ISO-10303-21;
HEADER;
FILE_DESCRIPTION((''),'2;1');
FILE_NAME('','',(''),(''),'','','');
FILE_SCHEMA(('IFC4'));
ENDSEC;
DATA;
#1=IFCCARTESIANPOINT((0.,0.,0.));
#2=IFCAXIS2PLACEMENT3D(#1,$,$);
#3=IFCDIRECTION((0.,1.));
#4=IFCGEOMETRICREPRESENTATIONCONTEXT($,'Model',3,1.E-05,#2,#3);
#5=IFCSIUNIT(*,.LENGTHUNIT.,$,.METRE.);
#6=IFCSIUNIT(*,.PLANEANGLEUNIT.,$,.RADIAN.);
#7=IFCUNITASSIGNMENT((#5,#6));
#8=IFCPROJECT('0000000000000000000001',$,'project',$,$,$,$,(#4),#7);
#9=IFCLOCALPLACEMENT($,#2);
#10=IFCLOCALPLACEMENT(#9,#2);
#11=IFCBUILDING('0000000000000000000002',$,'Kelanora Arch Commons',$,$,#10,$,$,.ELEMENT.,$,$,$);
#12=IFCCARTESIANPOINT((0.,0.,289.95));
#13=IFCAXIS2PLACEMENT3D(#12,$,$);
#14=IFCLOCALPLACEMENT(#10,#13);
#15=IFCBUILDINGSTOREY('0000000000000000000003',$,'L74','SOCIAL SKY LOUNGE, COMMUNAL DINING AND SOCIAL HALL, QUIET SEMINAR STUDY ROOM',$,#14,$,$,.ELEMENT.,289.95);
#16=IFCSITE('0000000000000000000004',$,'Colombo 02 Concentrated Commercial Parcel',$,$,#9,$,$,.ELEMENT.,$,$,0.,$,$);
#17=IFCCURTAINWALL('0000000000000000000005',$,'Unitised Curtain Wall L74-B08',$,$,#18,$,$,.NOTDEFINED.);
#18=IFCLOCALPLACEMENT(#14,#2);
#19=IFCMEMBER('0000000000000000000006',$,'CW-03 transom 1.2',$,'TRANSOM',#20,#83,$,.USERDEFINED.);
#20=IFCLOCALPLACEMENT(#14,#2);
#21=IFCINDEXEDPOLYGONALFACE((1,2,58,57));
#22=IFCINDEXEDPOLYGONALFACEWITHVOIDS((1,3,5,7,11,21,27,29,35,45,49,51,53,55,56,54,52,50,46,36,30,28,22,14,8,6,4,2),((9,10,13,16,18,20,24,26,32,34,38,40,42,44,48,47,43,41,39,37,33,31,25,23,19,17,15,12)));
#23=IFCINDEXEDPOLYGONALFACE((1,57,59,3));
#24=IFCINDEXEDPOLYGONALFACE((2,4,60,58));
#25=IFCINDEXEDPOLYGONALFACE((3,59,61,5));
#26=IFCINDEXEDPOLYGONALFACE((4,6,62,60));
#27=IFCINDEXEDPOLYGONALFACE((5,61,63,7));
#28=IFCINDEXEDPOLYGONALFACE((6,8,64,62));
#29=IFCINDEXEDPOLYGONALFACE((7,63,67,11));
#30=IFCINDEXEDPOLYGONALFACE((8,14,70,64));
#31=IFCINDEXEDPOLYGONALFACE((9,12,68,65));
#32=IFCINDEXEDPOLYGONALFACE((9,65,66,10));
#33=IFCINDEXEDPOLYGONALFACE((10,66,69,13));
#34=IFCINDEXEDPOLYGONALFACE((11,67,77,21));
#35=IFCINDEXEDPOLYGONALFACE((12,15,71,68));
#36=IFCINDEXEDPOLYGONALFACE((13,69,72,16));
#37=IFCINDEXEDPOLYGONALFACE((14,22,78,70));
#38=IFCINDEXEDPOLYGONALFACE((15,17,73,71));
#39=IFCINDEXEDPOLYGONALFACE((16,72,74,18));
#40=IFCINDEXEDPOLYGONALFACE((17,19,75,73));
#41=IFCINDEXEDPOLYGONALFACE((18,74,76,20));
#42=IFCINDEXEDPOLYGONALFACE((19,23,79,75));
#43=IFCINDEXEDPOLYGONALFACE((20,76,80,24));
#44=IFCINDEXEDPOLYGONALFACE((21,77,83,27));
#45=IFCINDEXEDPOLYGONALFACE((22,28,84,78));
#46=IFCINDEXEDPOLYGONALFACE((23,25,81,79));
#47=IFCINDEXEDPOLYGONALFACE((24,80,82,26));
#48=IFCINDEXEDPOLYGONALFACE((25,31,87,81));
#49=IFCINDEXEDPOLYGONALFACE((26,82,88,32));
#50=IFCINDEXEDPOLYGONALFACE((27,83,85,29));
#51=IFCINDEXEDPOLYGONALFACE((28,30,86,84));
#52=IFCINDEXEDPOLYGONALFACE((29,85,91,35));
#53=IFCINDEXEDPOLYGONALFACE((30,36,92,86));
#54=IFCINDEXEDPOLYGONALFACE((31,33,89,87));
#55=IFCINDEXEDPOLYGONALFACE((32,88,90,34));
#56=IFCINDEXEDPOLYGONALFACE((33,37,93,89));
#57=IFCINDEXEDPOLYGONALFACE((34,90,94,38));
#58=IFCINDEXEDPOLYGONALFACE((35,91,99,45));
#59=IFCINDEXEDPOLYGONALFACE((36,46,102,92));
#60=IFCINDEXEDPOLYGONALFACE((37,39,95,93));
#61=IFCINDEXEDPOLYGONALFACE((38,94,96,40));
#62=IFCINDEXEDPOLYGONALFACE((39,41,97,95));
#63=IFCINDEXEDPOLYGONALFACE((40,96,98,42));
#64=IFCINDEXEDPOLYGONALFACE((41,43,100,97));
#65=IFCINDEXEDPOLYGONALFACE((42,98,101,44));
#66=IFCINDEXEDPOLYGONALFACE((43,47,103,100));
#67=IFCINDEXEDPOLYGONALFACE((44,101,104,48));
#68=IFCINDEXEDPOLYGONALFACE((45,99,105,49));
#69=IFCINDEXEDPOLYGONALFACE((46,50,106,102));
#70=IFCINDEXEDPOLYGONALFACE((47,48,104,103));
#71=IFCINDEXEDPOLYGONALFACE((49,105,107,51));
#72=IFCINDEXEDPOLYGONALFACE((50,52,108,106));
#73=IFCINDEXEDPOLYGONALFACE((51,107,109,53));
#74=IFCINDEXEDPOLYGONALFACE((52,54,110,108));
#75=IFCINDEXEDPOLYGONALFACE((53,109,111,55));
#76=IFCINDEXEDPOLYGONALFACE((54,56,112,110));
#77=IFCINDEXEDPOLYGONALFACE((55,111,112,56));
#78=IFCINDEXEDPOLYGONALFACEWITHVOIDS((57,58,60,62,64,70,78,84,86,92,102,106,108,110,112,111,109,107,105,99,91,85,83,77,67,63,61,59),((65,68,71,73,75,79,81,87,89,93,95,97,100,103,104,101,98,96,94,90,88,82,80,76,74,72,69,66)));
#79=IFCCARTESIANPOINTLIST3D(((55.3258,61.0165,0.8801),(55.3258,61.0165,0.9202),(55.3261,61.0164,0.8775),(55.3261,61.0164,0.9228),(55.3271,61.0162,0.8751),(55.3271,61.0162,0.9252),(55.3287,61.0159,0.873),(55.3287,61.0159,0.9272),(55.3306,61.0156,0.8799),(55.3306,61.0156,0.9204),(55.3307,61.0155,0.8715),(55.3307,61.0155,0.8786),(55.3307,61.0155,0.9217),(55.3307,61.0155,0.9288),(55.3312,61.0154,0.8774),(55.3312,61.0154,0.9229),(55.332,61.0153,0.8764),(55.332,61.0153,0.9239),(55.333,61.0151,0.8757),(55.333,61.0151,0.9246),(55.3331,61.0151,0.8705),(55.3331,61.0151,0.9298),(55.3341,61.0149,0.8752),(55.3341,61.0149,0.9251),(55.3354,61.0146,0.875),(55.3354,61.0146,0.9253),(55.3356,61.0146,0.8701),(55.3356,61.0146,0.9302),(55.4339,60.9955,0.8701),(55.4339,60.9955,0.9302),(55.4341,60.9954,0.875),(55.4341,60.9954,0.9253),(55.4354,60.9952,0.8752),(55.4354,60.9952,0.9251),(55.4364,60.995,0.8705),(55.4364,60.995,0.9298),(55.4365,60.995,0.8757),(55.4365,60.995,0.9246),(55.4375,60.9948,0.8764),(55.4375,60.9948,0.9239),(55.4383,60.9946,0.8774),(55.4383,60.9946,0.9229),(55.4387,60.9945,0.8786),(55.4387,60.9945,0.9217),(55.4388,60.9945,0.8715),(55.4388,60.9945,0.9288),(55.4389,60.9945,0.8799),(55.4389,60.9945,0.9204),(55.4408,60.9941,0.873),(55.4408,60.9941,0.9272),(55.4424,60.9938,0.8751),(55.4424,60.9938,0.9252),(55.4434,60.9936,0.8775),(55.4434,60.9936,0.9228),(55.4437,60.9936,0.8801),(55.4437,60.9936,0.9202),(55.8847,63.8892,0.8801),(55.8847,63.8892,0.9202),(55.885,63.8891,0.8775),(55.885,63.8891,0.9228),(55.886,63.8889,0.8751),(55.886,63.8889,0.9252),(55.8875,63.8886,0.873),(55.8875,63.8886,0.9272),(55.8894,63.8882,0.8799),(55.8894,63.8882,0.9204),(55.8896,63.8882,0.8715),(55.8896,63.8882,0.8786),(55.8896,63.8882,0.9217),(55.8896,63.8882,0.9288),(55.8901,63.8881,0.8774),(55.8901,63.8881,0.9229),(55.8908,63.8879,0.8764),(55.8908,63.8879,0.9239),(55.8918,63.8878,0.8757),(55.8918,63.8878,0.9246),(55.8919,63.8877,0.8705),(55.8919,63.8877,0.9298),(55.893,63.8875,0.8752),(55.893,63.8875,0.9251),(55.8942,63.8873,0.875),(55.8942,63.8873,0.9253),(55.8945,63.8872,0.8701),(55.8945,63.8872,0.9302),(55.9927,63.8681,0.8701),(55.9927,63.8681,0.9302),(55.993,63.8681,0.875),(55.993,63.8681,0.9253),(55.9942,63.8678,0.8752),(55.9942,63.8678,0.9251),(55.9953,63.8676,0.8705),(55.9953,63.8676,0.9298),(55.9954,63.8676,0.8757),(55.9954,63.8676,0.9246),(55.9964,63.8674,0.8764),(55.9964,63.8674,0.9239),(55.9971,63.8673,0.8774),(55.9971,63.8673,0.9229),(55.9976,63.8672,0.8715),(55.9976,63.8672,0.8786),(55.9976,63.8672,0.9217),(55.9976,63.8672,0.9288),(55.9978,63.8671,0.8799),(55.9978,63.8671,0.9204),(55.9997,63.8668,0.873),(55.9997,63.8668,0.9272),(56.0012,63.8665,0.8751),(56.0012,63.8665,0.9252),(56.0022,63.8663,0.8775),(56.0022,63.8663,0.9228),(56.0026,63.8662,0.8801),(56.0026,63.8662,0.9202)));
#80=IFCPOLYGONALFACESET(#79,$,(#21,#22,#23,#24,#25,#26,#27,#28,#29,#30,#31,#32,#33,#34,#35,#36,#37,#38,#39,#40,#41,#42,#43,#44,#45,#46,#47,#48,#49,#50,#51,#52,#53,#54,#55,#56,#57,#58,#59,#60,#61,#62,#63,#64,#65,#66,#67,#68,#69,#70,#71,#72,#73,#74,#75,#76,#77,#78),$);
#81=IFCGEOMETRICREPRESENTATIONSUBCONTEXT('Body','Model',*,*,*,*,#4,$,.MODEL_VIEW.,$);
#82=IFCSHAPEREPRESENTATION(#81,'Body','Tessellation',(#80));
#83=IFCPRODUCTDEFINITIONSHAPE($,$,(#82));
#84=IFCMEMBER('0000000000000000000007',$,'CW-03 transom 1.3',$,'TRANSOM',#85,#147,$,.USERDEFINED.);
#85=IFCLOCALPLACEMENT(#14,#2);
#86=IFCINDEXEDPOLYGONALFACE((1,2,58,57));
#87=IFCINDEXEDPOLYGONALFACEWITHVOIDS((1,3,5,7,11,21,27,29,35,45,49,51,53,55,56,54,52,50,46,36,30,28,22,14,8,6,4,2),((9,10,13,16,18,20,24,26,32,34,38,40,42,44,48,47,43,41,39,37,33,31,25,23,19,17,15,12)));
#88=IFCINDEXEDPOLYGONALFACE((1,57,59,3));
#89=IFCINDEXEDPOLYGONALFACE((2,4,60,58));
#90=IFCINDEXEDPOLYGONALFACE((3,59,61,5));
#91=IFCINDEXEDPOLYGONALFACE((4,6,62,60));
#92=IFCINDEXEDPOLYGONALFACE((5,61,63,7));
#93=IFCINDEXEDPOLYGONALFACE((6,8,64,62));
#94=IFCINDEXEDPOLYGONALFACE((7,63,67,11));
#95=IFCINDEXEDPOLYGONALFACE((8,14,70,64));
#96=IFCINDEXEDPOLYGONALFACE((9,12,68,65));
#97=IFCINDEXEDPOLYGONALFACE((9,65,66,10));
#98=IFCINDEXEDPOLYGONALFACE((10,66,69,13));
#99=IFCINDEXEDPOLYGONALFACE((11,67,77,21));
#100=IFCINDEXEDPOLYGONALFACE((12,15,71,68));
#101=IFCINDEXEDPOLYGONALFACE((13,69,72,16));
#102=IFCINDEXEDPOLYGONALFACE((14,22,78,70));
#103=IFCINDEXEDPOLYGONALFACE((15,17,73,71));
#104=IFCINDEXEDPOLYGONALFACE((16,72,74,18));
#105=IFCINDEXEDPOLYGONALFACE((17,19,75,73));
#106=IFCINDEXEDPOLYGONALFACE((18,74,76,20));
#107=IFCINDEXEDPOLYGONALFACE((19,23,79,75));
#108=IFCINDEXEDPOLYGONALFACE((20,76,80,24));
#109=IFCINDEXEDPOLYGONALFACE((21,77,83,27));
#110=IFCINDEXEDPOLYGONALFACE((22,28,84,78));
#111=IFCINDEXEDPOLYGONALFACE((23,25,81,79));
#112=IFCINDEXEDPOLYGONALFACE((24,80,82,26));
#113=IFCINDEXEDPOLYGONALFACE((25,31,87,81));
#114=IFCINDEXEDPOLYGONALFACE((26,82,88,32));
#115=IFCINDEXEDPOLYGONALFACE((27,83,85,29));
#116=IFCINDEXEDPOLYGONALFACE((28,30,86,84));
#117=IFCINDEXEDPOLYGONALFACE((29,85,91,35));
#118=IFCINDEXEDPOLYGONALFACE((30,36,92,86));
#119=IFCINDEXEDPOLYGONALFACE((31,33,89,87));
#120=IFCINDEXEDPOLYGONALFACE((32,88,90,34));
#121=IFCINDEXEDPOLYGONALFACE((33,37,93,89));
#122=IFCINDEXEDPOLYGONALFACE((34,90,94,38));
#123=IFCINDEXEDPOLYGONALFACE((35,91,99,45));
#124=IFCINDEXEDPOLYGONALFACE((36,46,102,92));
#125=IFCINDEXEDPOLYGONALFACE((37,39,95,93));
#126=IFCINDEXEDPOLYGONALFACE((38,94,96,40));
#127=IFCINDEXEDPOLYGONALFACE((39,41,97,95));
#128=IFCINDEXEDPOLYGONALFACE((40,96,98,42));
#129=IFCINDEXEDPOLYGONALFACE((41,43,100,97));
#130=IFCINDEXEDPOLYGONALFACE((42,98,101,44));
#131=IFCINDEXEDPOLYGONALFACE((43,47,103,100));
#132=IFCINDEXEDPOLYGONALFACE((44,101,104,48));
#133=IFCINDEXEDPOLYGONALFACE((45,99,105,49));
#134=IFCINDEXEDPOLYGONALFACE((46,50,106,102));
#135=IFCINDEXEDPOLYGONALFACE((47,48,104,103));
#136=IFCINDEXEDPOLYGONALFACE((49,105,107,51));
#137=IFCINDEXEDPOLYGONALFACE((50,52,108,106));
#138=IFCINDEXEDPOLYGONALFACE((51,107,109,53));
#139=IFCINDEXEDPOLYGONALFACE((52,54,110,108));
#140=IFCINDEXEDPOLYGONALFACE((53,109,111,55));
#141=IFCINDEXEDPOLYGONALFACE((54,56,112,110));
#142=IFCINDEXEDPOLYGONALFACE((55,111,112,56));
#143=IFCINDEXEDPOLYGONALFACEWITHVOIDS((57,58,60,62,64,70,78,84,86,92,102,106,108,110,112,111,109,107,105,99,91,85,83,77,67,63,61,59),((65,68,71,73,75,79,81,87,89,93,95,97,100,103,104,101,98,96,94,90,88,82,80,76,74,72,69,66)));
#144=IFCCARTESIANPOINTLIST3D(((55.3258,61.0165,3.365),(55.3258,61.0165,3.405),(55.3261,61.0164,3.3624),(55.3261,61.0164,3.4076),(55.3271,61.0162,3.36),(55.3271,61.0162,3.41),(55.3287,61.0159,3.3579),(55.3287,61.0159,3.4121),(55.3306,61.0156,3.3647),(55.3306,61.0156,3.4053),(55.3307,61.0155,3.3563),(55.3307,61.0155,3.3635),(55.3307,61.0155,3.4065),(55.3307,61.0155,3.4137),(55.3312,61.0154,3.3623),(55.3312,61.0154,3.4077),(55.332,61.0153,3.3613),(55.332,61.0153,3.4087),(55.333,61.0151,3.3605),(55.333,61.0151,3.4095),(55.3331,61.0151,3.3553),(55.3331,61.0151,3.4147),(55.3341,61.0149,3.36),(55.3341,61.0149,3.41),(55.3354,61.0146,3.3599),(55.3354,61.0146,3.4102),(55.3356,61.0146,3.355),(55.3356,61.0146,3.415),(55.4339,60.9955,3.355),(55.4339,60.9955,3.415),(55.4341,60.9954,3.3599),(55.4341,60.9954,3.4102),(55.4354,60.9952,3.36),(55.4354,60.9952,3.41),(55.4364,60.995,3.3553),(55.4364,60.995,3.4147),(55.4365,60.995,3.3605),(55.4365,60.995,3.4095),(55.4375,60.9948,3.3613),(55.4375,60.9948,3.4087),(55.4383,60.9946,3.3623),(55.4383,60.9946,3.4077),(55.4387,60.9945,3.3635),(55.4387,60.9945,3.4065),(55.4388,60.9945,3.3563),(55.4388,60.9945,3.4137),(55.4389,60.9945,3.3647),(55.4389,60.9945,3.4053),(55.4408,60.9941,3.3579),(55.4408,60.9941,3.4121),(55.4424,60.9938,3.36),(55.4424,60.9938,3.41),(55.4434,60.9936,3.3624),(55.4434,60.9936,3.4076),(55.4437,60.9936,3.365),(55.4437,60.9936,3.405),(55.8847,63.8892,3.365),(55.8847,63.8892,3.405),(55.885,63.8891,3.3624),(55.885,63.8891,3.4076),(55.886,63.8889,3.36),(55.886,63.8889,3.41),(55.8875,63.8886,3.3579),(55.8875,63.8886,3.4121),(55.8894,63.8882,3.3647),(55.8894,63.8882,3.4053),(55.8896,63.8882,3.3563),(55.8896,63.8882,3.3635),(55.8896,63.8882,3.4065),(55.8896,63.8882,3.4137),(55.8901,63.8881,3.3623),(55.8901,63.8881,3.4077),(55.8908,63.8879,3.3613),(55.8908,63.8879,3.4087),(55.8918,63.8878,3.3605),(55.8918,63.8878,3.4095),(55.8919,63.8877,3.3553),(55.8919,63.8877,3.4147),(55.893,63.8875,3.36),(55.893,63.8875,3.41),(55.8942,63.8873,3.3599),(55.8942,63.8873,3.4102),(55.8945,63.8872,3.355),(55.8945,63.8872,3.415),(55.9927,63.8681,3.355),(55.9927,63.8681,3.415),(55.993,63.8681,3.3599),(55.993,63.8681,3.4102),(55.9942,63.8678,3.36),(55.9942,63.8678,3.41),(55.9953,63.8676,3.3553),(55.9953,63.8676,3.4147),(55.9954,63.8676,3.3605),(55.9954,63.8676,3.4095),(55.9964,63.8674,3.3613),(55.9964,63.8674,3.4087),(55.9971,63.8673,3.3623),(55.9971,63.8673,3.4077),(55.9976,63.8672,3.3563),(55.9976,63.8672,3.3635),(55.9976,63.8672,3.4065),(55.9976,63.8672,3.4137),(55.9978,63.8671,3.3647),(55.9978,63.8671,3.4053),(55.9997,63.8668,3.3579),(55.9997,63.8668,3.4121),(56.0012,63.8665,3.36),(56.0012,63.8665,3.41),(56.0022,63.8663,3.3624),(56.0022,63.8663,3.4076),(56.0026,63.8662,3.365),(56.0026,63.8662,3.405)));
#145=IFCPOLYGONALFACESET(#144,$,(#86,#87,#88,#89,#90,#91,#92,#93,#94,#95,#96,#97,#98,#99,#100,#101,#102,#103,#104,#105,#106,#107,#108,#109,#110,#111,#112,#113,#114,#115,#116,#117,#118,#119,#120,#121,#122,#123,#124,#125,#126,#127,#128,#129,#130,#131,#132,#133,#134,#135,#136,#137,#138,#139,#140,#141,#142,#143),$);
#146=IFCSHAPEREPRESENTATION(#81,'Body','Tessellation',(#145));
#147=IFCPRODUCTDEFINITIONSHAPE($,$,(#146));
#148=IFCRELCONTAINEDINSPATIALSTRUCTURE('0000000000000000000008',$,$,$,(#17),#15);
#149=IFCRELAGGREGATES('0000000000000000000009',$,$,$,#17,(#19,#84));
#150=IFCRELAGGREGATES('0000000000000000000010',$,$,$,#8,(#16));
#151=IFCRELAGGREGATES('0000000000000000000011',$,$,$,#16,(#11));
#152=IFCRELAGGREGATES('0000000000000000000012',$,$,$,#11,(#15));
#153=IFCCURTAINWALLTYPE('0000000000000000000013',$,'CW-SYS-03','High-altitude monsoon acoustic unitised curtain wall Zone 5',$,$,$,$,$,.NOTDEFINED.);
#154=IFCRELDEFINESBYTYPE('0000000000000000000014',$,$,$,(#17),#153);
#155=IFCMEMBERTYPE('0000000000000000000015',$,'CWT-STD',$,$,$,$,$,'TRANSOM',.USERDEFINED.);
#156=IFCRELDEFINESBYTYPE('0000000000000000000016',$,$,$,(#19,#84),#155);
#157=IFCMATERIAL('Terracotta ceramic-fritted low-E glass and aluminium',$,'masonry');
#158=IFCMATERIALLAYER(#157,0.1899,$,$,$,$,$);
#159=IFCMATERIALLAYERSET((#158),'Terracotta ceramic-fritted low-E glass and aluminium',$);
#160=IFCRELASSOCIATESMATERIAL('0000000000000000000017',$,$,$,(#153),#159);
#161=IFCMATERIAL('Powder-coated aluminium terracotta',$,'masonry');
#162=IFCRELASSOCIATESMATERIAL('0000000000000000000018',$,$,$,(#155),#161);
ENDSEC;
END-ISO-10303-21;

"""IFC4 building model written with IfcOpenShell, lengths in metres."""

from ifc_helpers import new_model, si_unit, direction, frame, origin, origin_2d, place, context, subcontext, project, spatial, hollow_rectangle, extrude, material, layer, layer_set, material_profile, profile_set, type_object, element, aggregate, save


model = new_model("IFC4")

# Units and contexts
model_context = context("Model", 3, precision=1e-05, world=origin(), true_north=direction((0.0, 1.0)))
body_context = subcontext(model_context, "Body", "Model", "MODEL_VIEW")
ifc_project = project(units=[si_unit("LENGTHUNIT", "METRE"), si_unit("PLANEANGLEUNIT", "RADIAN")], contexts=[model_context])

# Site, building, storey
site_placement = place(None, origin())
site = spatial("IfcSite", under=ifc_project, at=site_placement, Name="Colombo 02 Concentrated Commercial Parcel", CompositionType="ELEMENT", RefElevation=0.0)
building_placement = place(site_placement, origin())
building = spatial("IfcBuilding", under=site, at=building_placement, Name="Kelanora Arch Commons", CompositionType="ELEMENT")
storey_placement = place(building_placement, frame((0.0, 0.0, 289.95)))
storey = spatial("IfcBuildingStorey", under=building, at=storey_placement, Name="L74", Description="SOCIAL SKY LOUNGE, COMMUNAL DINING AND SOCIAL HALL, QUIET SEMINAR STUDY ROOM", CompositionType="ELEMENT", Elevation=289.95)

# Curtain wall, members
ifc_material_1 = material(Name="Terracotta ceramic-fritted low-E glass and aluminium", Category="masonry")
ifc_layer_1 = layer(ifc_material_1, 0.1899)
ifc_layer_set_1 = layer_set([ifc_layer_1], Name="Terracotta ceramic-fritted low-E glass and aluminium")
curtain_wall_type = type_object("IfcCurtainWallType", Name="CW-SYS-03", Description="High-altitude monsoon acoustic unitised curtain wall Zone 5", PredefinedType="NOTDEFINED", material=ifc_layer_set_1)
curtain_wall_placement = place(storey_placement, origin())
curtain_wall = element("IfcCurtainWall", 1, at=curtain_wall_placement, inside=storey, type_object=curtain_wall_type, Name="Unitised Curtain Wall L74-B08", PredefinedType="NOTDEFINED")
ifc_material_2 = material(Name="Powder-coated aluminium terracotta", Category="masonry")
ifc_material_profile_1 = material_profile(ifc_material_2, hollow_rectangle(XDim=0.1201, YDim=0.0601, WallThickness=0.0049, InnerFilletRadius=0.0049, OuterFilletRadius=0.01, at=origin_2d()), Name="CWT120x60")
ifc_profile_set_1 = profile_set([ifc_material_profile_1], Name="Powder-coated aluminium terracotta")
member_type_1 = type_object("IfcMemberType", Name="CWT-STD", ElementType="TRANSOM", PredefinedType="USERDEFINED", material=ifc_profile_set_1)
member_1_placement = place(storey_placement, frame((55.9436, 63.8777, 0.9001), z_axis=(-0.190963, -0.981597, 0.0), x_axis=(0.981597, -0.190963, 0.0)))
member_1 = element("IfcMember", 2, at=member_1_placement, type_object=member_type_1, Name="CW-03 transom 1.2", ObjectType="TRANSOM", PredefinedType="USERDEFINED", context=body_context, shape_type="SweptSolid", body=[
    extrude(hollow_rectangle(XDim=0.1201, YDim=0.0601, WallThickness=0.0049, InnerFilletRadius=0.0049, OuterFilletRadius=0.01, at=origin_2d()), origin(), (0.0, 0.0, 1.0), 2.9265),
])
member_2_placement = place(storey_placement, frame((55.9436, 63.8777, 3.385), z_axis=(-0.190963, -0.981597, 0.0), x_axis=(0.981597, -0.190963, 0.0)))
member_2 = element("IfcMember", 3, at=member_2_placement, type_object=member_type_1, Name="CW-03 transom 1.3", ObjectType="TRANSOM", PredefinedType="USERDEFINED", context=body_context, shape_type="SweptSolid", body=[
    extrude(hollow_rectangle(XDim=0.1201, YDim=0.0601, WallThickness=0.0049, InnerFilletRadius=0.0049, OuterFilletRadius=0.01, at=origin_2d()), origin(), (0.0, 0.0, 1.0), 2.9265),
])
aggregate(curtain_wall, [member_1, member_2])

save(model, "model.ifc")
